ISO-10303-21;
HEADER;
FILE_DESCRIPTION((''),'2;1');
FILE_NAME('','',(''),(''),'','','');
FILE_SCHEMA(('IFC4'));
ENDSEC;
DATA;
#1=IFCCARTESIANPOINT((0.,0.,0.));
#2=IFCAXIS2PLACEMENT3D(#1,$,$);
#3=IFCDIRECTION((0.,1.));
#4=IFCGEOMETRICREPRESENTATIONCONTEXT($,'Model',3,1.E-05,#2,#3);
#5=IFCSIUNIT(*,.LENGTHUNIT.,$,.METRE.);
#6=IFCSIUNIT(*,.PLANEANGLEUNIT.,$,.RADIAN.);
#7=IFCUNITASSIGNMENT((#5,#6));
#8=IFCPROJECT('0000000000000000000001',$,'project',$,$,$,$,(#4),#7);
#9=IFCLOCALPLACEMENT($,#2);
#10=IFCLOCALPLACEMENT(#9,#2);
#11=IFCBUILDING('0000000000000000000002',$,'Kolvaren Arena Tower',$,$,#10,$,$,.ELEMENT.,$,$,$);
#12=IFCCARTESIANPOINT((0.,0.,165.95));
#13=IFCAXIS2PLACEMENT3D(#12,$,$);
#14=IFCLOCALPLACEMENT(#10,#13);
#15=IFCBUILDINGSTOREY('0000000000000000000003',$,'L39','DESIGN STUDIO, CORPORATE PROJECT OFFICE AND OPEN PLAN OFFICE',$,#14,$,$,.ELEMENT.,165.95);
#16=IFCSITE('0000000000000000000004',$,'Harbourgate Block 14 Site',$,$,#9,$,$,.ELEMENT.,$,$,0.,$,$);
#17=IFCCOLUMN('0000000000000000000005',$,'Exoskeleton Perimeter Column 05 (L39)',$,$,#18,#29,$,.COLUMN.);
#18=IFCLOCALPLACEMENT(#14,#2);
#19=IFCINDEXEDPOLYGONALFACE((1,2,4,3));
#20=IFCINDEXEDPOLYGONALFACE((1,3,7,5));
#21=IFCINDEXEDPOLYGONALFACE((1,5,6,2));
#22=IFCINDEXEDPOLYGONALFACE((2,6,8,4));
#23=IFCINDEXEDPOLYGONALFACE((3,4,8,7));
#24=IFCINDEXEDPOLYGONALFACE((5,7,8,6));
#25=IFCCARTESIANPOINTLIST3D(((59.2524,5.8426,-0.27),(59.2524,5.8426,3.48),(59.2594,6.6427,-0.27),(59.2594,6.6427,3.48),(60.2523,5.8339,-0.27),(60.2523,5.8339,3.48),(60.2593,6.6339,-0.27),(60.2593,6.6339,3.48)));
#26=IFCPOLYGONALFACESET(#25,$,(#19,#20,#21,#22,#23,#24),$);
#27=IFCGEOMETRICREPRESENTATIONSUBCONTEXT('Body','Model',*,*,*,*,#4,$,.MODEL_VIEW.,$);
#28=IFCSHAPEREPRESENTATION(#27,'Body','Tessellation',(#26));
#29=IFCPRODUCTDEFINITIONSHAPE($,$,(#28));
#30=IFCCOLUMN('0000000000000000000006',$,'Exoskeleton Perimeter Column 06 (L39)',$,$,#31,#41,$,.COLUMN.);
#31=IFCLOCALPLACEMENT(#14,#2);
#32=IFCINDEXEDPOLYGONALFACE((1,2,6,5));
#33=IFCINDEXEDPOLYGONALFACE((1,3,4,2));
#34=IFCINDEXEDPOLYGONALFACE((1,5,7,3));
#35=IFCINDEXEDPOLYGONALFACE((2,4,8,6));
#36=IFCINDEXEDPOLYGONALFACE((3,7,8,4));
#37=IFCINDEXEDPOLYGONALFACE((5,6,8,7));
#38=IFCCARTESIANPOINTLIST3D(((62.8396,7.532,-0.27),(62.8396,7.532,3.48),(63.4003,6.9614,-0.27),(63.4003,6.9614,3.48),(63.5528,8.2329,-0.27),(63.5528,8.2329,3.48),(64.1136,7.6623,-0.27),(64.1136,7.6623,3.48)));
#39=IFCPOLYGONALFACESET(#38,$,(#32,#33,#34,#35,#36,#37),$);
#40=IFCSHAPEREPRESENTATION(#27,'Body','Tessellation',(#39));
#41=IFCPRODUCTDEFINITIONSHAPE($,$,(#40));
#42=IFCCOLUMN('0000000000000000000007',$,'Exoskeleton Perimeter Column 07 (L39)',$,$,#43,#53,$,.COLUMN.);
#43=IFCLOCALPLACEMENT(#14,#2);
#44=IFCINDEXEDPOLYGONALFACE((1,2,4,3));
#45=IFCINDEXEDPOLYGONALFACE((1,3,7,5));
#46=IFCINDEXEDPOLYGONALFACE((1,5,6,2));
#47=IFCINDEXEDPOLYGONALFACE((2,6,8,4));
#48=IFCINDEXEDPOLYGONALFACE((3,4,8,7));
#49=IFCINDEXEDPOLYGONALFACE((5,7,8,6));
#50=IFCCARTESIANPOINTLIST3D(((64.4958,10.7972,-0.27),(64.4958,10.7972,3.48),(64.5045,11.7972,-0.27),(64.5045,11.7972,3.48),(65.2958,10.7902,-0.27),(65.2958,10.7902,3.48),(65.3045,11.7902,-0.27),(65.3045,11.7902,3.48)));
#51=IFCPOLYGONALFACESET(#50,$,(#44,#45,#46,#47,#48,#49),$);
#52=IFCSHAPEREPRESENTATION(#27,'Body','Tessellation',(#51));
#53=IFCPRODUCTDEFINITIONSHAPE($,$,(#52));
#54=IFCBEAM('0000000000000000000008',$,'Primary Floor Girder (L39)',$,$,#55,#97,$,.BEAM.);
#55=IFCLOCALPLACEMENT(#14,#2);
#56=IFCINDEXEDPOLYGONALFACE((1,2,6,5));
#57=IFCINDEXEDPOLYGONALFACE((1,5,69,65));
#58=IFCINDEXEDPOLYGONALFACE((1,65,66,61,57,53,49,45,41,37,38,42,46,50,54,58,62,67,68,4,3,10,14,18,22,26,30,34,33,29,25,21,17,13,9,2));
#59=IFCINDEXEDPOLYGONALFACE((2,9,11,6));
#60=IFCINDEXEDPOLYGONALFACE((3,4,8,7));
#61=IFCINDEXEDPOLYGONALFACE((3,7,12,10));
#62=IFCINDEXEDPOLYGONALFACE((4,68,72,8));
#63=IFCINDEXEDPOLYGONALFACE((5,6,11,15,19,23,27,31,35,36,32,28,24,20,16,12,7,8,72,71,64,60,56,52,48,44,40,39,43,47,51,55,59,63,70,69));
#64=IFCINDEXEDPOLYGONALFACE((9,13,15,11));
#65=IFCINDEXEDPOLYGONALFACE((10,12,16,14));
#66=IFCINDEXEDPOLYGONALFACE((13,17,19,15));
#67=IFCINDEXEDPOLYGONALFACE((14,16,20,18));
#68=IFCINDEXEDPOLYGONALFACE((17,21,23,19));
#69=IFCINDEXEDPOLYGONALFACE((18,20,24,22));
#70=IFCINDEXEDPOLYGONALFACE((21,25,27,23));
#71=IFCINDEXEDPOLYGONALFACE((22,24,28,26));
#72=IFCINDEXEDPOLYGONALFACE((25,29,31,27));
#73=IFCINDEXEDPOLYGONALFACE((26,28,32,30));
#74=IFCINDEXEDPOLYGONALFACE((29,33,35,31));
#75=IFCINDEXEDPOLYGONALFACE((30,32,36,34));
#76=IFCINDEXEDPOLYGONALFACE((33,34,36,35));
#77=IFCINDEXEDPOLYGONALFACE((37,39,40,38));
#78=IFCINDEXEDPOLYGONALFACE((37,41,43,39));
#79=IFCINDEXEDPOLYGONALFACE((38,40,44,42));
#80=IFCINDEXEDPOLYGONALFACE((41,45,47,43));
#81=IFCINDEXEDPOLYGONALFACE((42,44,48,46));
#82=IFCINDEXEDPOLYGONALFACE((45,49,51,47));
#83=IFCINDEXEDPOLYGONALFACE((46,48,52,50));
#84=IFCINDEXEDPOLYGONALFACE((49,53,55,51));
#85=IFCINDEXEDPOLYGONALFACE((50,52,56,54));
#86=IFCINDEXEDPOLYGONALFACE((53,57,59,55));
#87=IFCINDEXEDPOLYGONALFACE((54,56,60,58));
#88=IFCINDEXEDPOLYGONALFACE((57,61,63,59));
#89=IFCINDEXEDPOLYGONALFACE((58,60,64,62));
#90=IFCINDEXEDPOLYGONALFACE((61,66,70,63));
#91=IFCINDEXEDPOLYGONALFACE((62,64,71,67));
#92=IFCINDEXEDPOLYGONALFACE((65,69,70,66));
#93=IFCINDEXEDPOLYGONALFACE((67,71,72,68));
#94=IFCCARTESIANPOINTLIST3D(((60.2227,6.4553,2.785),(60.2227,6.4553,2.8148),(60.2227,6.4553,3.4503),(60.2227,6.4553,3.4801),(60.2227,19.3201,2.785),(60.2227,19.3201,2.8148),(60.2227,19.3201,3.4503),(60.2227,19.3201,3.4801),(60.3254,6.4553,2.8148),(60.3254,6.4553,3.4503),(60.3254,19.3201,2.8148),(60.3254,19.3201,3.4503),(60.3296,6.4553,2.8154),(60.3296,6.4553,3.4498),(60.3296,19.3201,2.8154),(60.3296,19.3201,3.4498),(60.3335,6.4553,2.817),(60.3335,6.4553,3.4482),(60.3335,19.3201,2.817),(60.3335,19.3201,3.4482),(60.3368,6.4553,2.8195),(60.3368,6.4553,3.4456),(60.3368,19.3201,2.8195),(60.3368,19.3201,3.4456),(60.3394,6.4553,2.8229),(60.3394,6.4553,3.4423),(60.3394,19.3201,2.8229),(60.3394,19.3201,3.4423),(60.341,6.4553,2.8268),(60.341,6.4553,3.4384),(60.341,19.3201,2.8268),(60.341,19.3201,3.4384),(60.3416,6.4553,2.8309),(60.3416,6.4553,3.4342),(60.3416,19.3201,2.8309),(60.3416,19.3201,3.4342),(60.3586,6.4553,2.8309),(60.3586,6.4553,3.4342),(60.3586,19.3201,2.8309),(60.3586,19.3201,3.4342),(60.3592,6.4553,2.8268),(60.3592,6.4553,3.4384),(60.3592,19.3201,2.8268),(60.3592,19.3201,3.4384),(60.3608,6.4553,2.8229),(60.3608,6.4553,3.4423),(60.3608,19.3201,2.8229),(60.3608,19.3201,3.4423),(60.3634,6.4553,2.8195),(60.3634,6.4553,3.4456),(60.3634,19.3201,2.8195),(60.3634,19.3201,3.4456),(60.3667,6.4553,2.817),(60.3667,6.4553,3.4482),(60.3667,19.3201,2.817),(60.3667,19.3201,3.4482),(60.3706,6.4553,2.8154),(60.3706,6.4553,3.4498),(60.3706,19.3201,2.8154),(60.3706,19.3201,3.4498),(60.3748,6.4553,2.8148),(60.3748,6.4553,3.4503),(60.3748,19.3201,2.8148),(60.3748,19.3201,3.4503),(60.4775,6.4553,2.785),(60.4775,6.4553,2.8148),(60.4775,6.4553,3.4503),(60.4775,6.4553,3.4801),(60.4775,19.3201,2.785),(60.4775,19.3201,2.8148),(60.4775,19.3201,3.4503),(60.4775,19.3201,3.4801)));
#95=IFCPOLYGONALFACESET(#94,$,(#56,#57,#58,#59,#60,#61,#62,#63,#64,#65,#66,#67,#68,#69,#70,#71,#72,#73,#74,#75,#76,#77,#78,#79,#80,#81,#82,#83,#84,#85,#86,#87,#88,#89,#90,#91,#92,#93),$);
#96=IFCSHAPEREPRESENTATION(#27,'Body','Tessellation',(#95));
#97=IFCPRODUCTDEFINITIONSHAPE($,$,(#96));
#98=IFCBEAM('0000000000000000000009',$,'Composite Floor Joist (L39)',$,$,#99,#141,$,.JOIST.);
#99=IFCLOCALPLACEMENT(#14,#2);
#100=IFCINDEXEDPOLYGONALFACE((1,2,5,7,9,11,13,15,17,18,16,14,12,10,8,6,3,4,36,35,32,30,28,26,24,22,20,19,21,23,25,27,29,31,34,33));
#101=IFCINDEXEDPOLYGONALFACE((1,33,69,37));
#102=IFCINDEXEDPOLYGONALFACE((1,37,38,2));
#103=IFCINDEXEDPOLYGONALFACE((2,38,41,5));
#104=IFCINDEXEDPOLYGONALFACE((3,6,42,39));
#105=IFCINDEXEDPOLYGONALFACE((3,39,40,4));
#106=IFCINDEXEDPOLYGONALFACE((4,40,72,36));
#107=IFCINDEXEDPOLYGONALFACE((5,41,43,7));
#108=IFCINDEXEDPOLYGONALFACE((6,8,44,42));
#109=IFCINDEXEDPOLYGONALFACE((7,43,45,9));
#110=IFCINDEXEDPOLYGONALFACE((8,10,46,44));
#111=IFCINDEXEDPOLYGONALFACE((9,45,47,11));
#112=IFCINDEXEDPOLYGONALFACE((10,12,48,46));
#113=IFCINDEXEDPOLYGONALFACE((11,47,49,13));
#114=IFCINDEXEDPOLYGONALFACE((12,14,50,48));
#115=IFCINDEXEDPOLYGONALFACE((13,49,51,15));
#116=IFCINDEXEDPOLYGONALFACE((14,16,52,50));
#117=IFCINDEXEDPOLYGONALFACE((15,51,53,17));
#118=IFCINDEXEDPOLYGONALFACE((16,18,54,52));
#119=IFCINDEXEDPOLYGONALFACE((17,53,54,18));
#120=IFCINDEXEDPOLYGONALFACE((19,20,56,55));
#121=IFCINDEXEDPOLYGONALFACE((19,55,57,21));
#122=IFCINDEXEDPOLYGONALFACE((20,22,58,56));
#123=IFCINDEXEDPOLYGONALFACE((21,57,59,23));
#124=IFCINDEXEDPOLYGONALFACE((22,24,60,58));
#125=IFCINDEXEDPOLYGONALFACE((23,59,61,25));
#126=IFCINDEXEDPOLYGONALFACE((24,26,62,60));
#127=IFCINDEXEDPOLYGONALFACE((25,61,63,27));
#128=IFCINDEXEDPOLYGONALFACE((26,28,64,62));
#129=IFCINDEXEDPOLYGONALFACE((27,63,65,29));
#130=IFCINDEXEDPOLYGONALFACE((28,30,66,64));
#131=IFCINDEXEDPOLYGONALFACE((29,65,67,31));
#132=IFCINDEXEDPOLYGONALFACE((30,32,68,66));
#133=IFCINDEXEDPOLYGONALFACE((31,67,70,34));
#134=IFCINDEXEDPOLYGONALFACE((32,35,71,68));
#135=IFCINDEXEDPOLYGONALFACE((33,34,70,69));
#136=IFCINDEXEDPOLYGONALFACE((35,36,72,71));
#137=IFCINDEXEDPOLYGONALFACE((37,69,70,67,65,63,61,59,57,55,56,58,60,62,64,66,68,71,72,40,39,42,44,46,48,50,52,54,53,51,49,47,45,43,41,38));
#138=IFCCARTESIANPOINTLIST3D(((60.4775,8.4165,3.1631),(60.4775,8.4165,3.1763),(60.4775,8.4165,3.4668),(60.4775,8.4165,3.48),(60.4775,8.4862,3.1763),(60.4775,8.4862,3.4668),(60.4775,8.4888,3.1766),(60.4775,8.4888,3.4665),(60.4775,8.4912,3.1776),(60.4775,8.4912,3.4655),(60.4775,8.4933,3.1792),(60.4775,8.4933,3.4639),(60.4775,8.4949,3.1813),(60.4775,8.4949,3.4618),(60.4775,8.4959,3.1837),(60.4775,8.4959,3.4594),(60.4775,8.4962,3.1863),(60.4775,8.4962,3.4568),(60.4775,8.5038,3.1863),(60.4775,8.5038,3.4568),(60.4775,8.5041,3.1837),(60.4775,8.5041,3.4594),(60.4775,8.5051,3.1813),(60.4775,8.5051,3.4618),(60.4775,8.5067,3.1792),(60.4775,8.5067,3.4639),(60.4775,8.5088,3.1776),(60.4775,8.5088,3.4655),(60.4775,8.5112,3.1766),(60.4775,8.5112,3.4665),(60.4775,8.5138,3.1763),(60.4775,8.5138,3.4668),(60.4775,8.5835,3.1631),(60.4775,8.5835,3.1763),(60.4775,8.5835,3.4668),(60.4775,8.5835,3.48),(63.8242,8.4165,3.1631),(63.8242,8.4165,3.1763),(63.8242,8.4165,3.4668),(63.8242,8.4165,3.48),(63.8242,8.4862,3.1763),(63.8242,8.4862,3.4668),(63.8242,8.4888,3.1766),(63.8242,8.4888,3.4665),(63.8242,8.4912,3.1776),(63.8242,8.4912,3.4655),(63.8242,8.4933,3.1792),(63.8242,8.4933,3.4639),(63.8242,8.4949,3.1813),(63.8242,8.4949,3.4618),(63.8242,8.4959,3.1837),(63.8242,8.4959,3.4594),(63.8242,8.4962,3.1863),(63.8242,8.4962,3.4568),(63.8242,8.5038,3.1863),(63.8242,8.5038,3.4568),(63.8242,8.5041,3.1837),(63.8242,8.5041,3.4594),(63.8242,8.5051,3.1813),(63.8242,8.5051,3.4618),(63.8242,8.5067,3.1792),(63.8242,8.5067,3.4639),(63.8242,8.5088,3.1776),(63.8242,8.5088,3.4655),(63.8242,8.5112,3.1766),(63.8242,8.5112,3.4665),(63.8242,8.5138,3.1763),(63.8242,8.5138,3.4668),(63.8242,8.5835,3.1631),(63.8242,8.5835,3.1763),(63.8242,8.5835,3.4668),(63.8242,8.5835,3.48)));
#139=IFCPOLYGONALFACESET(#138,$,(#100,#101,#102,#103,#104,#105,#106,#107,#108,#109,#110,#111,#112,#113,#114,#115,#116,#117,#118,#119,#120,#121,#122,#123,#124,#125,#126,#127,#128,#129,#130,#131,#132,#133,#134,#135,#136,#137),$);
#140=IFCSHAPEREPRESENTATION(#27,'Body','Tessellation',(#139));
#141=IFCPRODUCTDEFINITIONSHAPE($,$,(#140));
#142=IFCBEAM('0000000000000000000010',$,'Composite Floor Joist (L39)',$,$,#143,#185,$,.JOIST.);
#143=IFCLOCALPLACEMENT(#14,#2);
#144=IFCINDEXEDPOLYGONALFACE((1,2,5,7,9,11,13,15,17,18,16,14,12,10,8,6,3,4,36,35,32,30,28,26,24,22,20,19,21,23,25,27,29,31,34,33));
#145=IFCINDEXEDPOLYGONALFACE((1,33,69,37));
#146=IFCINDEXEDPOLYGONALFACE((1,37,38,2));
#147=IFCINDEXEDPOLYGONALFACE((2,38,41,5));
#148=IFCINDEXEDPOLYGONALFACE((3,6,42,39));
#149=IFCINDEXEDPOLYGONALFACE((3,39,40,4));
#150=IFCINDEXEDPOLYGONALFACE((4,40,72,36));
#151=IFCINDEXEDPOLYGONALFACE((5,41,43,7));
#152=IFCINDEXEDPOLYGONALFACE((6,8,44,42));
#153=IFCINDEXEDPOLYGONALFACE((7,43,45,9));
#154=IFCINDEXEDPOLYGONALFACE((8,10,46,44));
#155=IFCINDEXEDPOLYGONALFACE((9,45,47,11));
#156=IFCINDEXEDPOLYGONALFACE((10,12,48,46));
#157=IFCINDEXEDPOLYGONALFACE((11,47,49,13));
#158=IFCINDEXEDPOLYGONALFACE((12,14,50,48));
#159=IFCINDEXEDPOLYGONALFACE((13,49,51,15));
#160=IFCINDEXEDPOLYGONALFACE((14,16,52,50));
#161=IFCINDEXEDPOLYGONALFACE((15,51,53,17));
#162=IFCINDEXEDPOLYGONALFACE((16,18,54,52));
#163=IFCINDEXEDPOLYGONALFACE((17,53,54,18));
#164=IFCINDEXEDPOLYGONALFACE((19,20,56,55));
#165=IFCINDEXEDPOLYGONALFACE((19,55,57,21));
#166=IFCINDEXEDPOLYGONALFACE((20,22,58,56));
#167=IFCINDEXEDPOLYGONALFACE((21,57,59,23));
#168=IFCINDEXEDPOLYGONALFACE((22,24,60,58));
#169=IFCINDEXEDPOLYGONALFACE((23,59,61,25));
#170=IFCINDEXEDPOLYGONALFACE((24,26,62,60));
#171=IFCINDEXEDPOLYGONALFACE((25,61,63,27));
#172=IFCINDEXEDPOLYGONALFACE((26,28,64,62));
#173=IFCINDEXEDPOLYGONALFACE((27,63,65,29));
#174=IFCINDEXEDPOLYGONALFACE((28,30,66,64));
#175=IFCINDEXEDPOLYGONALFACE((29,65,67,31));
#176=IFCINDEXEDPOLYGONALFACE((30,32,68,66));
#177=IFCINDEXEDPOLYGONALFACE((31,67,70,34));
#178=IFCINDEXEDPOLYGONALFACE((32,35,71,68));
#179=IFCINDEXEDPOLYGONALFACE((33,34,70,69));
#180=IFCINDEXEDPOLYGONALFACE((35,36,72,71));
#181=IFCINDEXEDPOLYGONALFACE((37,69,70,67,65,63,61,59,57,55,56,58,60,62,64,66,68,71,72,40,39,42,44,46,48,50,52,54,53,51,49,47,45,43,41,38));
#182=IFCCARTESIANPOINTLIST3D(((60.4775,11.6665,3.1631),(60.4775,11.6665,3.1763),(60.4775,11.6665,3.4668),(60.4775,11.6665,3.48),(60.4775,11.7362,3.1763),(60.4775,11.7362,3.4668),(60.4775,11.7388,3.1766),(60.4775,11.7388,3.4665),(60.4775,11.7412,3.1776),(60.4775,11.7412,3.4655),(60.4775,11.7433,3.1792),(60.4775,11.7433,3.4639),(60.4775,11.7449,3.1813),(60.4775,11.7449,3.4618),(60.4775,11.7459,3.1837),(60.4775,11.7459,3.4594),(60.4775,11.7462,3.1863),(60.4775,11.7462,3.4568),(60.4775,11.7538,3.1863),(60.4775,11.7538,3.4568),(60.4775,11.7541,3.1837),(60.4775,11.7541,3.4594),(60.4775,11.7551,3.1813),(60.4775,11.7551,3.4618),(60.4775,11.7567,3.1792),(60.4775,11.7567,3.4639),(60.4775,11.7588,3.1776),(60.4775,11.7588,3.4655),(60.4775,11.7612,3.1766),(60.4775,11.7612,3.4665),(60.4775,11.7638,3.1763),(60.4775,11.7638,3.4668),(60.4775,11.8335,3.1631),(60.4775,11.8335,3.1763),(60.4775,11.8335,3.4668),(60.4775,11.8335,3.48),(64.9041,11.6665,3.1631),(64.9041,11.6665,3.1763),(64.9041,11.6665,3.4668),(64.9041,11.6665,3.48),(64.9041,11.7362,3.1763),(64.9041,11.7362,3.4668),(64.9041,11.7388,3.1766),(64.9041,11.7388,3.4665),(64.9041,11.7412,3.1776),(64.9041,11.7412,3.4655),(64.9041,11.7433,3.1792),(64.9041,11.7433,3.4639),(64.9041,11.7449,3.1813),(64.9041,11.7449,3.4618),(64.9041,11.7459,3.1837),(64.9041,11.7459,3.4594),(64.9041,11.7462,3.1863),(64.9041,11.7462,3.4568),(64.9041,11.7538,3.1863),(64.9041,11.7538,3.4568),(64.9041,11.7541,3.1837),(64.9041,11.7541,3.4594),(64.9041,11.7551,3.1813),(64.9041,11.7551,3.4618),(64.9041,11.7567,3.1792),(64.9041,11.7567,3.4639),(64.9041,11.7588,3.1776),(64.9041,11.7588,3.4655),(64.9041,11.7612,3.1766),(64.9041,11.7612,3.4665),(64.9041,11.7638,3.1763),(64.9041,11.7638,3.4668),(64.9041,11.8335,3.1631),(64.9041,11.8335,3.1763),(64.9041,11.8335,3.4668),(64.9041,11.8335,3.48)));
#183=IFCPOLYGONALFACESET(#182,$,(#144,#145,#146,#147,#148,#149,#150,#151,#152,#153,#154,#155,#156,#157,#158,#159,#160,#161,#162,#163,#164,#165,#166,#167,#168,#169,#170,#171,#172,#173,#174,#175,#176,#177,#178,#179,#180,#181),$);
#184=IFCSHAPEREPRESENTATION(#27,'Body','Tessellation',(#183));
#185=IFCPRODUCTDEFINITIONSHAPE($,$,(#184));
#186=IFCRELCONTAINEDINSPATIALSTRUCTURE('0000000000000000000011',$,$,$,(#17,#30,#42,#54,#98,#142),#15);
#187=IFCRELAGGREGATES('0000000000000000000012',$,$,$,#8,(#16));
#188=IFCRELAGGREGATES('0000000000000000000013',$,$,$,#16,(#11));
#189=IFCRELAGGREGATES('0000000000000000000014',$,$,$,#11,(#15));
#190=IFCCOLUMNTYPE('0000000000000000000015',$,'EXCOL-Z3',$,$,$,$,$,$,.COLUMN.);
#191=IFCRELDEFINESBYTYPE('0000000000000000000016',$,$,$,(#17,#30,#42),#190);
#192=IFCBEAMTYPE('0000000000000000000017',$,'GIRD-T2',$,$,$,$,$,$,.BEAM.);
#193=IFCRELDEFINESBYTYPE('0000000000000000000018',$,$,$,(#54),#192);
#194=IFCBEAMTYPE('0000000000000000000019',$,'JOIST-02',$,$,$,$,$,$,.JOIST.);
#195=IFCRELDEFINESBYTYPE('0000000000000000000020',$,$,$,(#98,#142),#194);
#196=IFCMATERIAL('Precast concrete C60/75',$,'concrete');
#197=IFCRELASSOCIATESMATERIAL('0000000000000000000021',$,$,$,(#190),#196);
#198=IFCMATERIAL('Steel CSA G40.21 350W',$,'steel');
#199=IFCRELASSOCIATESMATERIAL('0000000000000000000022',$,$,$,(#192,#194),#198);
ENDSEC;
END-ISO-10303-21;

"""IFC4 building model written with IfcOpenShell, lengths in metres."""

from ifc_helpers import new_model, si_unit, direction, frame, origin, origin_2d, place, context, subcontext, project, spatial, rectangle, i_section, extrude, material, material_profile, profile_set, type_object, element, save


model = new_model("IFC4")

# Units and contexts
model_context = context("Model", 3, precision=1e-05, world=origin(), true_north=direction((0.0, 1.0)))
body_context = subcontext(model_context, "Body", "Model", "MODEL_VIEW")
ifc_project = project(units=[si_unit("LENGTHUNIT", "METRE"), si_unit("PLANEANGLEUNIT", "RADIAN")], contexts=[model_context])

# Site, building, storey
site_placement = place(None, origin())
site = spatial("IfcSite", under=ifc_project, at=site_placement, Name="Harbourgate Block 14 Site", CompositionType="ELEMENT", RefElevation=0.0)
building_placement = place(site_placement, origin())
building = spatial("IfcBuilding", under=site, at=building_placement, Name="Kolvaren Arena Tower", CompositionType="ELEMENT")
storey_placement = place(building_placement, frame((0.0, 0.0, 165.95)))
storey = spatial("IfcBuildingStorey", under=building, at=storey_placement, Name="L39", Description="DESIGN STUDIO, CORPORATE PROJECT OFFICE AND OPEN PLAN OFFICE", CompositionType="ELEMENT", Elevation=165.95)

# Columns
ifc_material_1 = material(Name="Precast concrete C60/75", Category="concrete")
ifc_material_profile_1 = material_profile(ifc_material_1, rectangle(XDim=1.0, YDim=0.8, at=origin_2d()), Name="RC-1000x800")
ifc_profile_set_1 = profile_set([ifc_material_profile_1], Name="Precast concrete C60/75")
column_type = type_object("IfcColumnType", Name="EXCOL-Z3", PredefinedType="COLUMN", material=ifc_profile_set_1)
for number, where, z_axis, x_axis, name in (
    (1, (59.7559, 6.2383, -0.27), (0.0, 0.0, 1.0), (0.999962, -0.008727, 0.0), "Exoskeleton Perimeter Column 05 (L39)"),
    (2, (63.4766, 7.5972, -0.27), (0.0, 0.0, 1.0), (0.71325, 0.700909, 0.0), "Exoskeleton Perimeter Column 06 (L39)"),
    (3, (64.9001, 11.2937, -0.27), (0.0, 0.0, 1.0), (0.008727, 0.999962, 0.0), "Exoskeleton Perimeter Column 07 (L39)"),
):
    element("IfcColumn", number, at=place(storey_placement, frame(where, z_axis=z_axis, x_axis=x_axis)), inside=storey, type_object=column_type, Name=name, PredefinedType="COLUMN", context=body_context, shape_type="SweptSolid", body=[
        extrude(rectangle(XDim=1.0, YDim=0.8, at=origin_2d()), origin(), (0.0, 0.0, 1.0), 3.75),
    ])

# Beams
ifc_material_2 = material(Name="Steel CSA G40.21 350W", Category="steel")
ifc_material_profile_2 = material_profile(ifc_material_2, i_section(OverallWidth=0.2549, OverallDepth=0.6951, WebThickness=0.0171, FlangeThickness=0.0298, FilletRadius=0.0161, at=origin_2d()), Name="W690x217")
ifc_profile_set_2 = profile_set([ifc_material_profile_2], Name="Steel CSA G40.21 350W")
beam_type_1 = type_object("IfcBeamType", Name="GIRD-T2", PredefinedType="BEAM", material=ifc_profile_set_2)
beam_1_placement = place(storey_placement, frame((60.3501, 6.4553, 3.1326), z_axis=(0.0, 1.0, 0.0), x_axis=(-1.0, 0.0, 0.0)))
element("IfcBeam", 4, at=beam_1_placement, inside=storey, type_object=beam_type_1, Name="Primary Floor Girder (L39)", PredefinedType="BEAM", context=body_context, shape_type="SweptSolid", body=[
    extrude(i_section(OverallWidth=0.2549, OverallDepth=0.6951, WebThickness=0.0171, FlangeThickness=0.0298, FilletRadius=0.0161, at=origin_2d()), origin(), (0.0, 0.0, 1.0), 12.8647),
])
ifc_material_profile_3 = material_profile(ifc_material_2, i_section(OverallWidth=0.167, OverallDepth=0.3169, WebThickness=0.0076, FlangeThickness=0.0132, FilletRadius=0.01, at=origin_2d()), Name="W310x52")
ifc_profile_set_3 = profile_set([ifc_material_profile_3], Name="Steel CSA G40.21 350W")
beam_type_2 = type_object("IfcBeamType", Name="JOIST-02", PredefinedType="JOIST", material=ifc_profile_set_3)
beam_2_placement = place(storey_placement, frame((60.4775, 8.5, 3.3215), z_axis=(1.0, 0.0, 0.0), x_axis=(0.0, 1.0, 0.0)))
element("IfcBeam", 5, at=beam_2_placement, inside=storey, type_object=beam_type_2, Name="Composite Floor Joist (L39)", PredefinedType="JOIST", context=body_context, shape_type="SweptSolid", body=[
    extrude(i_section(OverallWidth=0.167, OverallDepth=0.3169, WebThickness=0.0076, FlangeThickness=0.0132, FilletRadius=0.01, at=origin_2d()), origin(), (0.0, 0.0, 1.0), 3.3467),
])
beam_3_placement = place(storey_placement, frame((60.4775, 11.75, 3.3215), z_axis=(1.0, 0.0, 0.0), x_axis=(0.0, 1.0, 0.0)))
element("IfcBeam", 6, at=beam_3_placement, inside=storey, type_object=beam_type_2, Name="Composite Floor Joist (L39)", PredefinedType="JOIST", context=body_context, shape_type="SweptSolid", body=[
    extrude(i_section(OverallWidth=0.167, OverallDepth=0.3169, WebThickness=0.0076, FlangeThickness=0.0132, FilletRadius=0.01, at=origin_2d()), origin(), (0.0, 0.0, 1.0), 4.4265),
])

save(model, "model.ifc")
